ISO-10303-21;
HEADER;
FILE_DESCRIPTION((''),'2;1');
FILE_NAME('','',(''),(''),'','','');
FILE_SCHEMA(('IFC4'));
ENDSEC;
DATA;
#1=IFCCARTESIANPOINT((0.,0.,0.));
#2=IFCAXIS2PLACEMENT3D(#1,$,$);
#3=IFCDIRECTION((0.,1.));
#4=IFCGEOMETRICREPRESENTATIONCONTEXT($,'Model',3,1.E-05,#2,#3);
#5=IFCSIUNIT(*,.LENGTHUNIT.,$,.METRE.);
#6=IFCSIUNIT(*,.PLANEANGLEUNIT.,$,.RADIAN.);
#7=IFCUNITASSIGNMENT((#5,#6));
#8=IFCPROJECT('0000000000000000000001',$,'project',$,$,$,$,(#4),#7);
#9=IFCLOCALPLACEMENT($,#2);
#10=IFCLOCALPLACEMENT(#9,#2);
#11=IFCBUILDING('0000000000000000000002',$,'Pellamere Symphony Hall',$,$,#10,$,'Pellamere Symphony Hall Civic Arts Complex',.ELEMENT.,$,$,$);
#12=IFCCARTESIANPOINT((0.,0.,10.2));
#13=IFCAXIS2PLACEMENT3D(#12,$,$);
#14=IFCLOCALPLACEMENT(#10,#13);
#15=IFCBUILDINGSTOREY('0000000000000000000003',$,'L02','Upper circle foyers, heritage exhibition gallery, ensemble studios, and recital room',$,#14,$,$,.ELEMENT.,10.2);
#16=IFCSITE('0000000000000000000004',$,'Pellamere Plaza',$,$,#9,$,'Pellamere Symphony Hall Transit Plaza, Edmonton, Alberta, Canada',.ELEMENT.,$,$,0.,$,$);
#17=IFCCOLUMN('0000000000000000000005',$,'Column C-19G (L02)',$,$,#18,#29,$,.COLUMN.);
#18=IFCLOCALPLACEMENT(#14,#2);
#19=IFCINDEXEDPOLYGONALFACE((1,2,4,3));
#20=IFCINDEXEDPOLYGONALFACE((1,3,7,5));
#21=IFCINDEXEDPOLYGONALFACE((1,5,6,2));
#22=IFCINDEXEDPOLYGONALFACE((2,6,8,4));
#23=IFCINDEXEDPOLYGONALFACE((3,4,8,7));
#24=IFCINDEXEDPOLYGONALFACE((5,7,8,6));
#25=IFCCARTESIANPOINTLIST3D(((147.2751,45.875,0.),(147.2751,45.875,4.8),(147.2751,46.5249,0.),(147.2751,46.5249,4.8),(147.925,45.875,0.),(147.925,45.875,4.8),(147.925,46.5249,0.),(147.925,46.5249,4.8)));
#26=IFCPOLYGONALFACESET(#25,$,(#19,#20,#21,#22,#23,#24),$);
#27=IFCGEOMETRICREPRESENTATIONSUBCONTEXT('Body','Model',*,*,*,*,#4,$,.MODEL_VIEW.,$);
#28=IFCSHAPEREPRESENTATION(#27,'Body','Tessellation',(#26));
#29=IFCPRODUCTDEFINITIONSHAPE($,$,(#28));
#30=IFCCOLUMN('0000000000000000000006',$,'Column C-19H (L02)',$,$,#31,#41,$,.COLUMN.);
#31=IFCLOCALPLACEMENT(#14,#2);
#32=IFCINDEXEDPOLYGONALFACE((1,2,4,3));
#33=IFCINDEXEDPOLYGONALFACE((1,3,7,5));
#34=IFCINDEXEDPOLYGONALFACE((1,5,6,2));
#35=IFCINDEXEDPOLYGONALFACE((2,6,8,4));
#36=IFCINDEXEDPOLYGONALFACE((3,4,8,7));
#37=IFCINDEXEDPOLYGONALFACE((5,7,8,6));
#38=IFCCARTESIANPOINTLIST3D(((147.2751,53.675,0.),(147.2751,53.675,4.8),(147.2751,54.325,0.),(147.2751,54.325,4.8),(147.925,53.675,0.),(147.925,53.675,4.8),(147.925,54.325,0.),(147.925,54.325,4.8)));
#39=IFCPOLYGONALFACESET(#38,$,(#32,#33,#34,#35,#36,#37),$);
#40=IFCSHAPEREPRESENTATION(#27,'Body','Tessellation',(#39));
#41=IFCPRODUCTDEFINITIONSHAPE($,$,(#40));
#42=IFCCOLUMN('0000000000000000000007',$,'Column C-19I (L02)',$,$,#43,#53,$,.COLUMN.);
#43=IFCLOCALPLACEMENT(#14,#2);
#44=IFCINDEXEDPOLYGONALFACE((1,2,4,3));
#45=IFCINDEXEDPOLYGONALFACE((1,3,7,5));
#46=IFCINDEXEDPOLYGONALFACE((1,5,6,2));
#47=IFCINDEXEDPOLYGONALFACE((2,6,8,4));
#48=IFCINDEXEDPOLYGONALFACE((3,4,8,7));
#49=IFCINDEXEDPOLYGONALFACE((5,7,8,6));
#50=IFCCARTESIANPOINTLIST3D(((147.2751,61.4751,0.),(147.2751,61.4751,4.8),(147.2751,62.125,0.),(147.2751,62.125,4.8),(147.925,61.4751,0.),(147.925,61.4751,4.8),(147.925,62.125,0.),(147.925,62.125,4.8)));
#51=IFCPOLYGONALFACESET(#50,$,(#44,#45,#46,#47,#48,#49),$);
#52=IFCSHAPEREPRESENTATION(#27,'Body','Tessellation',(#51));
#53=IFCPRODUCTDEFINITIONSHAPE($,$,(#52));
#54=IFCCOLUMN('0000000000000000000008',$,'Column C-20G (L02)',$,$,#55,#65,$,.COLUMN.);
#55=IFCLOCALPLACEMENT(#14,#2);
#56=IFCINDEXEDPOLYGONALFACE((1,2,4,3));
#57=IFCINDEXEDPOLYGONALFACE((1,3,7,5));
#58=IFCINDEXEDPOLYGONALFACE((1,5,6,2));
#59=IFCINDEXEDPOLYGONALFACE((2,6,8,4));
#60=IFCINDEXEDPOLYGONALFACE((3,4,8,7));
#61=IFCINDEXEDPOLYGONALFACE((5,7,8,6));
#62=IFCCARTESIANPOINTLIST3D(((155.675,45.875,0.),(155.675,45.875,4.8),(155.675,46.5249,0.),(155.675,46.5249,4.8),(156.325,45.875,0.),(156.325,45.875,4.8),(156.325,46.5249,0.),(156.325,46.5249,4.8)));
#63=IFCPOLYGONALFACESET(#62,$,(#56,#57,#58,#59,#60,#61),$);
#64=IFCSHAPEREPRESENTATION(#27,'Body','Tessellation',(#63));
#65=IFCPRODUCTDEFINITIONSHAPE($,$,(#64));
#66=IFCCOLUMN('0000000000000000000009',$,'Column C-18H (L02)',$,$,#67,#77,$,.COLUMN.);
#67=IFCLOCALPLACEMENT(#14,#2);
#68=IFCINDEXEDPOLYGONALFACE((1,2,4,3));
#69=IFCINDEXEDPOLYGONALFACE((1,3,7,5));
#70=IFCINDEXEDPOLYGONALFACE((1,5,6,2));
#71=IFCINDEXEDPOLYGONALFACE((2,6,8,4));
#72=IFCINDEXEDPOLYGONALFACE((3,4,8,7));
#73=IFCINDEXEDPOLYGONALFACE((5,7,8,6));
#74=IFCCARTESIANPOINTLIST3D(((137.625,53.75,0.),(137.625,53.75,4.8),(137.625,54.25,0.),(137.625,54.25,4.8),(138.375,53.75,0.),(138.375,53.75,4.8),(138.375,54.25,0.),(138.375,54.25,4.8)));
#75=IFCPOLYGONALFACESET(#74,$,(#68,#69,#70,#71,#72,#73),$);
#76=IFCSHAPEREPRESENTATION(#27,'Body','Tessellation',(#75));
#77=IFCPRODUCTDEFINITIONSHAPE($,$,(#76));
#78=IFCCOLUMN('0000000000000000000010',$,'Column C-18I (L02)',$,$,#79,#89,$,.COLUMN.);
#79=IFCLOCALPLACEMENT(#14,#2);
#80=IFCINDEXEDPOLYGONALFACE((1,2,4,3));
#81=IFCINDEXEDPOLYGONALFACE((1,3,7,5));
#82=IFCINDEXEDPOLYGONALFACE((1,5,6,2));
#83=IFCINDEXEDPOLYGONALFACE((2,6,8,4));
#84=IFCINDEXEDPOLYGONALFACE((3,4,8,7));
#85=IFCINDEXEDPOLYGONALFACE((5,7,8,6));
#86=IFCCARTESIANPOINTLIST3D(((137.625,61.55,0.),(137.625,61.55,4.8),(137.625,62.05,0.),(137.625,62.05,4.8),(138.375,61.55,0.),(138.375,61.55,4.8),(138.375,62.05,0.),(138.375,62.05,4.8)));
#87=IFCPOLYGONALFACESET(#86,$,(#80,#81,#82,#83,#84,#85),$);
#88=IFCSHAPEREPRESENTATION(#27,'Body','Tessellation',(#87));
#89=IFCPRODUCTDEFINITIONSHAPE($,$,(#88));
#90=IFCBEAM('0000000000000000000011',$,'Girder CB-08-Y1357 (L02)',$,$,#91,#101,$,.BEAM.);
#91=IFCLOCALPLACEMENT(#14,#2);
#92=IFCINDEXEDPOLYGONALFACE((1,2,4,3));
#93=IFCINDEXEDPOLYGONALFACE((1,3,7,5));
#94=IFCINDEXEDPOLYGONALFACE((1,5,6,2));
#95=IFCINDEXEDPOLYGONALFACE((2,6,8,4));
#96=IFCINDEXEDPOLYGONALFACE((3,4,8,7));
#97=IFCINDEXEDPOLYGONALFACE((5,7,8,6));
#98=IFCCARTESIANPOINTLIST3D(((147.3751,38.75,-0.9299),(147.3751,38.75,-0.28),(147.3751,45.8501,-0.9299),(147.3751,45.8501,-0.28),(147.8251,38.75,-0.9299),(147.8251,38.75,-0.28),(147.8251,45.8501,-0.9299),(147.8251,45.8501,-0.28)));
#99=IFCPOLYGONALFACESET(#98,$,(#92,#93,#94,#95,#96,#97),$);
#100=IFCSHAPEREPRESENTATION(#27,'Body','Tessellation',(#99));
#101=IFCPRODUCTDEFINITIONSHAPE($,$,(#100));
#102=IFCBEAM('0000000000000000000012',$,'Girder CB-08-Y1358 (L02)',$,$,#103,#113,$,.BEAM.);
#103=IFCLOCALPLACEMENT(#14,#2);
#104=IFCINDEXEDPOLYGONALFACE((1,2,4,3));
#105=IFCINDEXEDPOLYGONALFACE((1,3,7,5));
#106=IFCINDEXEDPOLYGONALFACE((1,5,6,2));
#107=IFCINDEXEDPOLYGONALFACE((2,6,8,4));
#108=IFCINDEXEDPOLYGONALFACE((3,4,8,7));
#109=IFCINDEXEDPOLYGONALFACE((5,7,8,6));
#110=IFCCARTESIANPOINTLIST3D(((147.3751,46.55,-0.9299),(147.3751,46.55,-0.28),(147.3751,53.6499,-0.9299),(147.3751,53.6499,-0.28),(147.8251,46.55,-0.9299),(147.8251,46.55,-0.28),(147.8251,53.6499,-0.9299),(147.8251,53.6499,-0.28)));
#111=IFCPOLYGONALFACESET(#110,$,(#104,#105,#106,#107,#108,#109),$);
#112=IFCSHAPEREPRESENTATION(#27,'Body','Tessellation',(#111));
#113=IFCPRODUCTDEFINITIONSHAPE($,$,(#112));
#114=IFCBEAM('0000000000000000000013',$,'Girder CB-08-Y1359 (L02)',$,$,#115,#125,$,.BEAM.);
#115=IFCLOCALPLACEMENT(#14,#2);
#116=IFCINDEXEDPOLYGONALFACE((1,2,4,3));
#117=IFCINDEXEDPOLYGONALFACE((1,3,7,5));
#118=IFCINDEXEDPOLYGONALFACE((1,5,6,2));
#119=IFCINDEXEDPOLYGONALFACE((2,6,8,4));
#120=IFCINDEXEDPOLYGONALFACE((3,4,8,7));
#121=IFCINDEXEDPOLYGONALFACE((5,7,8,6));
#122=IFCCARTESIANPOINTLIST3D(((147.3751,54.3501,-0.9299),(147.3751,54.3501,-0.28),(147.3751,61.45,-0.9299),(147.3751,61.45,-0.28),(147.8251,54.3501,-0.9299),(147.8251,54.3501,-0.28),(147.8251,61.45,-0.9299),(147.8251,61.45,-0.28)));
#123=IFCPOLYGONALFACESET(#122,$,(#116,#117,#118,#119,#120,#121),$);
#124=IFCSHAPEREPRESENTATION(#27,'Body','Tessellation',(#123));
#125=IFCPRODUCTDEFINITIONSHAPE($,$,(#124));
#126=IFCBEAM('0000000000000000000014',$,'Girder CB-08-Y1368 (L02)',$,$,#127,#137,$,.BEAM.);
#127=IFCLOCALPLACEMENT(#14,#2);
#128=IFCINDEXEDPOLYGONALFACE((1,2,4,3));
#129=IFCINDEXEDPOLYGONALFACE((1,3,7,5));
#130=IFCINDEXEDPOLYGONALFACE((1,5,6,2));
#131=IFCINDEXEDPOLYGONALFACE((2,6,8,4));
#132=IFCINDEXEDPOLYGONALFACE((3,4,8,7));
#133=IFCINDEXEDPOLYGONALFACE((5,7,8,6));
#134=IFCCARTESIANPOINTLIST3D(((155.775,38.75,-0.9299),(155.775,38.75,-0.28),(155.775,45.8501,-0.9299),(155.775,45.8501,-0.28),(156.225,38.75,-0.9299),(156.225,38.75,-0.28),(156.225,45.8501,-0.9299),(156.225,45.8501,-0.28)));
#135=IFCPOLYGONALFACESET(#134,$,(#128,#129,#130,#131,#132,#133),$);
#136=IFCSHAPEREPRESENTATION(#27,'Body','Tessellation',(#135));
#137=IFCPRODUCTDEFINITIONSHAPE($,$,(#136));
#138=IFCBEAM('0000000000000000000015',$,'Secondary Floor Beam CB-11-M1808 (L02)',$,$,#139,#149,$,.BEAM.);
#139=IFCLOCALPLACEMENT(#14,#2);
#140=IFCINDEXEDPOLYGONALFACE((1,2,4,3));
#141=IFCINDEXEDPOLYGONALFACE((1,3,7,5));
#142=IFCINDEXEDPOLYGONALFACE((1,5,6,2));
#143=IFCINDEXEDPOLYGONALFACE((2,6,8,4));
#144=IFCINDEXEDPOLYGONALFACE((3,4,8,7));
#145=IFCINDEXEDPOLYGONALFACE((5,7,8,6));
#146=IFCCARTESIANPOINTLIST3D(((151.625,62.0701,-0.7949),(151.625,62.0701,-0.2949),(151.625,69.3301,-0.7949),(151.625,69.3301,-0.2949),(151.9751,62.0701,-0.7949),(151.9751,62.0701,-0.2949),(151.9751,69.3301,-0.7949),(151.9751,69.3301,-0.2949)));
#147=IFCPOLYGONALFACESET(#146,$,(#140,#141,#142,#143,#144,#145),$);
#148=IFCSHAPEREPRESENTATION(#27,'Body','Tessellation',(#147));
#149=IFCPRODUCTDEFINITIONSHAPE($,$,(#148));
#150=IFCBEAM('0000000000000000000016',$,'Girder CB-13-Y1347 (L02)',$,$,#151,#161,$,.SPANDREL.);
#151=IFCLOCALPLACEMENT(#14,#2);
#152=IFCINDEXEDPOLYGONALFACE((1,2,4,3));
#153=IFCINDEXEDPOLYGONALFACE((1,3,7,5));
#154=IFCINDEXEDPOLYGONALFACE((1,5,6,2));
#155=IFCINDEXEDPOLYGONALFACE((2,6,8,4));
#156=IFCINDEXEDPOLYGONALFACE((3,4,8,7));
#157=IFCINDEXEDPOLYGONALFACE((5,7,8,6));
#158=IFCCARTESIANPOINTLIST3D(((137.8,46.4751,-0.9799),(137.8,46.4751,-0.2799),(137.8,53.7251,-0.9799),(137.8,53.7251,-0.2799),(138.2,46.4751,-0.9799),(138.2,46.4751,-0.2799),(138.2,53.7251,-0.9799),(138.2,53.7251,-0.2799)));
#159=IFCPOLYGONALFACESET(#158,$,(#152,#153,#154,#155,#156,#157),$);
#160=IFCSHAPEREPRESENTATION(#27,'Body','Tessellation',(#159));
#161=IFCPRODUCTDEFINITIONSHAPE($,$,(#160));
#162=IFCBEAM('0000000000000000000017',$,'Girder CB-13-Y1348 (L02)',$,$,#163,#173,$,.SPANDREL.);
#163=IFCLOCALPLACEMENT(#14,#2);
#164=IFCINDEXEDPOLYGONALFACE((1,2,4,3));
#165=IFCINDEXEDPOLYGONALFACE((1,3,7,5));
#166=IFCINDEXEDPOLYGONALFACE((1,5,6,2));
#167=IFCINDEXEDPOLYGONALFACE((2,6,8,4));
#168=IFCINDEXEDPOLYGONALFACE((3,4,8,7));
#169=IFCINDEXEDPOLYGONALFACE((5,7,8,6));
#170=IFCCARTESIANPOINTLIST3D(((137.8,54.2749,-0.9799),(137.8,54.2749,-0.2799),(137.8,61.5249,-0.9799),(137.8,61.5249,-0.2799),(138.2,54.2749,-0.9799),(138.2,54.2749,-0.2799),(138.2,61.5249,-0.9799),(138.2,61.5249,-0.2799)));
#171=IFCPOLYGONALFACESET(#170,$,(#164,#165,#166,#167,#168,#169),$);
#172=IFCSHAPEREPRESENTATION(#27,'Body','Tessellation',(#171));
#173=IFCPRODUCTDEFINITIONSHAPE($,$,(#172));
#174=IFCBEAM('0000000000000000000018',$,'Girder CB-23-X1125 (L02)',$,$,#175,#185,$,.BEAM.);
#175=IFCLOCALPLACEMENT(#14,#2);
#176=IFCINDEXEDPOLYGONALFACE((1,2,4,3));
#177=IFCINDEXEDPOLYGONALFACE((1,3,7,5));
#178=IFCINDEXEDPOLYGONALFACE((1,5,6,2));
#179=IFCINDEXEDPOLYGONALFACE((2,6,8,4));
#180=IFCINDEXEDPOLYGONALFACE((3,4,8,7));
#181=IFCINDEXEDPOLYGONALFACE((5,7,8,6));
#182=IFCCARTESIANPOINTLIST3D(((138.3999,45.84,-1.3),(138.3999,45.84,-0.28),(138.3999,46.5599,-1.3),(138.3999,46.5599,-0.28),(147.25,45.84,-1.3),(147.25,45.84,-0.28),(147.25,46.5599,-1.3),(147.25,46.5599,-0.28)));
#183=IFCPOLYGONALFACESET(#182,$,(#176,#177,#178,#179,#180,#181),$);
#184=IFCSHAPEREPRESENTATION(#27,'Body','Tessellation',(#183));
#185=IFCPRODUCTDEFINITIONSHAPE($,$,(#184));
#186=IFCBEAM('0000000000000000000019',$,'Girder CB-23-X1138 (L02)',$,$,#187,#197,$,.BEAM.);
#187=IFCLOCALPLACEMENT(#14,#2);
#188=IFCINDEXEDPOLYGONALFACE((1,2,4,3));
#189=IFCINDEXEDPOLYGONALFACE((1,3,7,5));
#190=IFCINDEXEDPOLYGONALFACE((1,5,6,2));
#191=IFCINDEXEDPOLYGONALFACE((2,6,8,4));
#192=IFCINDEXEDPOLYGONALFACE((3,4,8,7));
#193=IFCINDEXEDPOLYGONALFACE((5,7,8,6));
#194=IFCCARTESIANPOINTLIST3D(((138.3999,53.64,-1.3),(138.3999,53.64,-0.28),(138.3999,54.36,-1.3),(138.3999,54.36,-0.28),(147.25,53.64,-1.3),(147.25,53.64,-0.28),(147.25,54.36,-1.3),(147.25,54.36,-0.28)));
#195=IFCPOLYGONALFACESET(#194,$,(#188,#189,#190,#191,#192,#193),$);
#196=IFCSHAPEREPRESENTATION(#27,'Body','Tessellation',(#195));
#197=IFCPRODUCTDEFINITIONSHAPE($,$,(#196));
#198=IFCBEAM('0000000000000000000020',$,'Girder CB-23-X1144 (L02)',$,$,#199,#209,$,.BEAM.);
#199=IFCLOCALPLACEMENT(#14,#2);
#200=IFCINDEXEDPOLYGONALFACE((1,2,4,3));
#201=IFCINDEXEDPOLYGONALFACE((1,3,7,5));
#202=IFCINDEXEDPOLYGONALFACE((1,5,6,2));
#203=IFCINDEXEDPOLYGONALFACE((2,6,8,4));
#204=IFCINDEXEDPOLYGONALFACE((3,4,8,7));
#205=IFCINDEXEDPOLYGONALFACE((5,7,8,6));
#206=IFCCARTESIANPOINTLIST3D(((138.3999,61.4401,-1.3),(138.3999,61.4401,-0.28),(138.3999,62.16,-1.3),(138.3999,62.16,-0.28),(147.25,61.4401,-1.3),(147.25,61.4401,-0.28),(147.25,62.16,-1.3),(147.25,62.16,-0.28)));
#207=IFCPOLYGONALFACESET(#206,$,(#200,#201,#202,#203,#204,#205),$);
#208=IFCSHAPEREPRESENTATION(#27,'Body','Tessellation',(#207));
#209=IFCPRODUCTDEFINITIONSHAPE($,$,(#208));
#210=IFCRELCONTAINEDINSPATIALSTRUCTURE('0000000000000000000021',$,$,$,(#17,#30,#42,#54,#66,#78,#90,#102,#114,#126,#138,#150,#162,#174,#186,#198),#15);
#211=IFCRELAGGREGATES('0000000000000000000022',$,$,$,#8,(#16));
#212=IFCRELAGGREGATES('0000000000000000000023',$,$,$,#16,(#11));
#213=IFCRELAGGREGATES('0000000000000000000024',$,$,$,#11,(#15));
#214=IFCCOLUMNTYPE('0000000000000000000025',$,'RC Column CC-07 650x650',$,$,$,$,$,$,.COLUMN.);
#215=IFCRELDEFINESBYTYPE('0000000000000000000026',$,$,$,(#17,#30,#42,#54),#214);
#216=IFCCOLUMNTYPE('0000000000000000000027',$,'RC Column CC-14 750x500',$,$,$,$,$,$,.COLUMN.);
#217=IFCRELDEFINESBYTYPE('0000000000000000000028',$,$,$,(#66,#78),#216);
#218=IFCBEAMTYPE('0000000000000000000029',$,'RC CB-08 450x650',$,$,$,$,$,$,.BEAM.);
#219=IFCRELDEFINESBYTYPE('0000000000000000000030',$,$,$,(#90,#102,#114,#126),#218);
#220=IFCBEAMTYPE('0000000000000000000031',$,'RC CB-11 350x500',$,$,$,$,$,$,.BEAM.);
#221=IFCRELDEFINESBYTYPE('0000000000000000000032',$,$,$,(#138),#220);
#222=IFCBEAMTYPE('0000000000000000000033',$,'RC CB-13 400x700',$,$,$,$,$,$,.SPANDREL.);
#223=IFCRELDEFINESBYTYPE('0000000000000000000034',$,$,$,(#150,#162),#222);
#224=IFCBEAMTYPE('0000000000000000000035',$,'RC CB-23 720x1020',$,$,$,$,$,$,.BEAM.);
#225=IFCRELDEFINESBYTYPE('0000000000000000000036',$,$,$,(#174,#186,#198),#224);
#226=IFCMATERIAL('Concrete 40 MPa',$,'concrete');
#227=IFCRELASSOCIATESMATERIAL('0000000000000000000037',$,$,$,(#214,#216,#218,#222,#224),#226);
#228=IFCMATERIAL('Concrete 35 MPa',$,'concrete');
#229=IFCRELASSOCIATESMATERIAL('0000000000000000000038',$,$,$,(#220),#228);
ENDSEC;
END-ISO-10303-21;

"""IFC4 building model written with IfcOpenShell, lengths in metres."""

from ifc_helpers import new_model, si_unit, direction, frame, origin, origin_2d, place, context, subcontext, project, spatial, rectangle, extrude, material, material_profile, profile_set, type_object, element, save


model = new_model("IFC4")

# Units and contexts
model_context = context("Model", 3, precision=1e-05, world=origin(), true_north=direction((0.0, 1.0)))
body_context = subcontext(model_context, "Body", "Model", "MODEL_VIEW")
ifc_project = project(units=[si_unit("LENGTHUNIT", "METRE"), si_unit("PLANEANGLEUNIT", "RADIAN")], contexts=[model_context])

# Site, building, storey
site_placement = place(None, origin())
site = spatial("IfcSite", under=ifc_project, at=site_placement, Name="Pellamere Plaza", LongName="Pellamere Symphony Hall Transit Plaza, Edmonton, Alberta, Canada", CompositionType="ELEMENT", RefElevation=0.0)
building_placement = place(site_placement, origin())
building = spatial("IfcBuilding", under=site, at=building_placement, Name="Pellamere Symphony Hall", LongName="Pellamere Symphony Hall Civic Arts Complex", CompositionType="ELEMENT")
storey_placement = place(building_placement, frame((0.0, 0.0, 10.2)))
storey = spatial("IfcBuildingStorey", under=building, at=storey_placement, Name="L02", Description="Upper circle foyers, heritage exhibition gallery, ensemble studios, and recital room", CompositionType="ELEMENT", Elevation=10.2)

# Columns
ifc_material_1 = material(Name="Concrete 40 MPa", Category="concrete")
ifc_material_profile_1 = material_profile(ifc_material_1, rectangle(XDim=0.6499, YDim=0.6499, at=origin_2d()), Name="RC 650x650")
ifc_profile_set_1 = profile_set([ifc_material_profile_1], Name="Concrete 40 MPa")
column_type_1 = type_object("IfcColumnType", Name="RC Column CC-07 650x650", PredefinedType="COLUMN", material=ifc_profile_set_1)
for number, where, z_axis, x_axis, name in (
    (1, (147.6001, 46.2, 0.0), (0.0, 0.0, 1.0), (1.0, 0.0, 0.0), "Column C-19G (L02)"),
    (2, (147.6001, 54.0, 0.0), (0.0, 0.0, 1.0), (1.0, 0.0, 0.0), "Column C-19H (L02)"),
    (3, (147.6001, 61.8, 0.0), (0.0, 0.0, 1.0), (1.0, 0.0, 0.0), "Column C-19I (L02)"),
    (4, (156.0, 46.2, 0.0), (0.0, 0.0, 1.0), (1.0, 0.0, 0.0), "Column C-20G (L02)"),
):
    element("IfcColumn", number, at=place(storey_placement, frame(where, z_axis=z_axis, x_axis=x_axis)), inside=storey, type_object=column_type_1, Name=name, PredefinedType="COLUMN", context=body_context, shape_type="SweptSolid", body=[
        extrude(rectangle(XDim=0.6499, YDim=0.6499, at=origin_2d()), origin(), (0.0, 0.0, 1.0), 4.8),
    ])
ifc_material_profile_2 = material_profile(ifc_material_1, rectangle(XDim=0.75, YDim=0.5, at=origin_2d()), Name="RC 750x500")
ifc_profile_set_2 = profile_set([ifc_material_profile_2], Name="Concrete 40 MPa")
column_type_2 = type_object("IfcColumnType", Name="RC Column CC-14 750x500", PredefinedType="COLUMN", material=ifc_profile_set_2)
for number, where, z_axis, x_axis, name in (
    (5, (138.0, 54.0, 0.0), (0.0, 0.0, 1.0), (1.0, 0.0, 0.0), "Column C-18H (L02)"),
    (6, (138.0, 61.8, 0.0), (0.0, 0.0, 1.0), (1.0, 0.0, 0.0), "Column C-18I (L02)"),
):
    element("IfcColumn", number, at=place(storey_placement, frame(where, z_axis=z_axis, x_axis=x_axis)), inside=storey, type_object=column_type_2, Name=name, PredefinedType="COLUMN", context=body_context, shape_type="SweptSolid", body=[
        extrude(rectangle(XDim=0.75, YDim=0.5, at=origin_2d()), origin(), (0.0, 0.0, 1.0), 4.8),
    ])

# Beams
ifc_material_profile_3 = material_profile(ifc_material_1, rectangle(XDim=0.45, YDim=0.6499, at=origin_2d()), Name="RC 450x650")
ifc_profile_set_3 = profile_set([ifc_material_profile_3], Name="Concrete 40 MPa")
beam_type_1 = type_object("IfcBeamType", Name="RC CB-08 450x650", PredefinedType="BEAM", material=ifc_profile_set_3)
beam_1_placement = place(storey_placement, frame((147.6001, 38.75, -0.605), z_axis=(0.0, 1.0, 0.0), x_axis=(-1.0, 0.0, 0.0)))
element("IfcBeam", 7, at=beam_1_placement, inside=storey, type_object=beam_type_1, Name="Girder CB-08-Y1357 (L02)", PredefinedType="BEAM", context=body_context, shape_type="SweptSolid", body=[
    extrude(rectangle(XDim=0.45, YDim=0.6499, at=origin_2d()), origin(), (0.0, 0.0, 1.0), 7.1001),
])
for number, where, z_axis, x_axis, name in (
    (8, (147.6001, 46.55, -0.605), (0.0, 1.0, 0.0), (-1.0, 0.0, 0.0), "Girder CB-08-Y1358 (L02)"),
    (9, (147.6001, 54.3501, -0.605), (0.0, 1.0, 0.0), (-1.0, 0.0, 0.0), "Girder CB-08-Y1359 (L02)"),
):
    element("IfcBeam", number, at=place(storey_placement, frame(where, z_axis=z_axis, x_axis=x_axis)), inside=storey, type_object=beam_type_1, Name=name, PredefinedType="BEAM", context=body_context, shape_type="SweptSolid", body=[
        extrude(rectangle(XDim=0.45, YDim=0.6499, at=origin_2d()), origin(), (0.0, 0.0, 1.0), 7.0999),
    ])
beam_2_placement = place(storey_placement, frame((156.0, 38.75, -0.605), z_axis=(0.0, 1.0, 0.0), x_axis=(-1.0, 0.0, 0.0)))
element("IfcBeam", 10, at=beam_2_placement, inside=storey, type_object=beam_type_1, Name="Girder CB-08-Y1368 (L02)", PredefinedType="BEAM", context=body_context, shape_type="SweptSolid", body=[
    extrude(rectangle(XDim=0.45, YDim=0.6499, at=origin_2d()), origin(), (0.0, 0.0, 1.0), 7.1001),
])
ifc_material_2 = material(Name="Concrete 35 MPa", Category="concrete")
ifc_material_profile_4 = material_profile(ifc_material_2, rectangle(XDim=0.3501, YDim=0.5, at=origin_2d()), Name="RC 350x500")
ifc_profile_set_4 = profile_set([ifc_material_profile_4], Name="Concrete 35 MPa")
beam_type_2 = type_object("IfcBeamType", Name="RC CB-11 350x500", PredefinedType="BEAM", material=ifc_profile_set_4)
beam_3_placement = place(storey_placement, frame((151.8, 62.0701, -0.5449), z_axis=(0.0, 1.0, 0.0), x_axis=(-1.0, 0.0, 0.0)))
element("IfcBeam", 11, at=beam_3_placement, inside=storey, type_object=beam_type_2, Name="Secondary Floor Beam CB-11-M1808 (L02)", PredefinedType="BEAM", context=body_context, shape_type="SweptSolid", body=[
    extrude(rectangle(XDim=0.3501, YDim=0.5, at=origin_2d()), origin(), (0.0, 0.0, 1.0), 7.26),
])
ifc_material_profile_5 = material_profile(ifc_material_1, rectangle(XDim=0.3999, YDim=0.7, at=origin_2d()), Name="RC 400x700")
ifc_profile_set_5 = profile_set([ifc_material_profile_5], Name="Concrete 40 MPa")
beam_type_3 = type_object("IfcBeamType", Name="RC CB-13 400x700", PredefinedType="SPANDREL", material=ifc_profile_set_5)
for number, where, z_axis, x_axis, name in (
    (12, (138.0, 46.4751, -0.6299), (0.0, 1.0, 0.0), (-1.0, 0.0, 0.0), "Girder CB-13-Y1347 (L02)"),
    (13, (138.0, 54.2749, -0.6299), (0.0, 1.0, 0.0), (-1.0, 0.0, 0.0), "Girder CB-13-Y1348 (L02)"),
):
    element("IfcBeam", number, at=place(storey_placement, frame(where, z_axis=z_axis, x_axis=x_axis)), inside=storey, type_object=beam_type_3, Name=name, PredefinedType="SPANDREL", context=body_context, shape_type="SweptSolid", body=[
        extrude(rectangle(XDim=0.3999, YDim=0.7, at=origin_2d()), origin(), (0.0, 0.0, 1.0), 7.25),
    ])
ifc_material_profile_6 = material_profile(ifc_material_1, rectangle(XDim=0.72, YDim=1.02, at=origin_2d()), Name="RC 720x1020")
ifc_profile_set_6 = profile_set([ifc_material_profile_6], Name="Concrete 40 MPa")
beam_type_4 = type_object("IfcBeamType", Name="RC CB-23 720x1020", PredefinedType="BEAM", material=ifc_profile_set_6)
for number, where, z_axis, x_axis, name in (
    (14, (138.3999, 46.2, -0.79), (1.0, 0.0, 0.0), (0.0, 1.0, 0.0), "Girder CB-23-X1125 (L02)"),
    (15, (138.3999, 54.0, -0.79), (1.0, 0.0, 0.0), (0.0, 1.0, 0.0), "Girder CB-23-X1138 (L02)"),
    (16, (138.3999, 61.8, -0.79), (1.0, 0.0, 0.0), (0.0, 1.0, 0.0), "Girder CB-23-X1144 (L02)"),
):
    element("IfcBeam", number, at=place(storey_placement, frame(where, z_axis=z_axis, x_axis=x_axis)), inside=storey, type_object=beam_type_4, Name=name, PredefinedType="BEAM", context=body_context, shape_type="SweptSolid", body=[
        extrude(rectangle(XDim=0.72, YDim=1.02, at=origin_2d()), origin(), (0.0, 0.0, 1.0), 8.8501),
    ])

save(model, "model.ifc")
